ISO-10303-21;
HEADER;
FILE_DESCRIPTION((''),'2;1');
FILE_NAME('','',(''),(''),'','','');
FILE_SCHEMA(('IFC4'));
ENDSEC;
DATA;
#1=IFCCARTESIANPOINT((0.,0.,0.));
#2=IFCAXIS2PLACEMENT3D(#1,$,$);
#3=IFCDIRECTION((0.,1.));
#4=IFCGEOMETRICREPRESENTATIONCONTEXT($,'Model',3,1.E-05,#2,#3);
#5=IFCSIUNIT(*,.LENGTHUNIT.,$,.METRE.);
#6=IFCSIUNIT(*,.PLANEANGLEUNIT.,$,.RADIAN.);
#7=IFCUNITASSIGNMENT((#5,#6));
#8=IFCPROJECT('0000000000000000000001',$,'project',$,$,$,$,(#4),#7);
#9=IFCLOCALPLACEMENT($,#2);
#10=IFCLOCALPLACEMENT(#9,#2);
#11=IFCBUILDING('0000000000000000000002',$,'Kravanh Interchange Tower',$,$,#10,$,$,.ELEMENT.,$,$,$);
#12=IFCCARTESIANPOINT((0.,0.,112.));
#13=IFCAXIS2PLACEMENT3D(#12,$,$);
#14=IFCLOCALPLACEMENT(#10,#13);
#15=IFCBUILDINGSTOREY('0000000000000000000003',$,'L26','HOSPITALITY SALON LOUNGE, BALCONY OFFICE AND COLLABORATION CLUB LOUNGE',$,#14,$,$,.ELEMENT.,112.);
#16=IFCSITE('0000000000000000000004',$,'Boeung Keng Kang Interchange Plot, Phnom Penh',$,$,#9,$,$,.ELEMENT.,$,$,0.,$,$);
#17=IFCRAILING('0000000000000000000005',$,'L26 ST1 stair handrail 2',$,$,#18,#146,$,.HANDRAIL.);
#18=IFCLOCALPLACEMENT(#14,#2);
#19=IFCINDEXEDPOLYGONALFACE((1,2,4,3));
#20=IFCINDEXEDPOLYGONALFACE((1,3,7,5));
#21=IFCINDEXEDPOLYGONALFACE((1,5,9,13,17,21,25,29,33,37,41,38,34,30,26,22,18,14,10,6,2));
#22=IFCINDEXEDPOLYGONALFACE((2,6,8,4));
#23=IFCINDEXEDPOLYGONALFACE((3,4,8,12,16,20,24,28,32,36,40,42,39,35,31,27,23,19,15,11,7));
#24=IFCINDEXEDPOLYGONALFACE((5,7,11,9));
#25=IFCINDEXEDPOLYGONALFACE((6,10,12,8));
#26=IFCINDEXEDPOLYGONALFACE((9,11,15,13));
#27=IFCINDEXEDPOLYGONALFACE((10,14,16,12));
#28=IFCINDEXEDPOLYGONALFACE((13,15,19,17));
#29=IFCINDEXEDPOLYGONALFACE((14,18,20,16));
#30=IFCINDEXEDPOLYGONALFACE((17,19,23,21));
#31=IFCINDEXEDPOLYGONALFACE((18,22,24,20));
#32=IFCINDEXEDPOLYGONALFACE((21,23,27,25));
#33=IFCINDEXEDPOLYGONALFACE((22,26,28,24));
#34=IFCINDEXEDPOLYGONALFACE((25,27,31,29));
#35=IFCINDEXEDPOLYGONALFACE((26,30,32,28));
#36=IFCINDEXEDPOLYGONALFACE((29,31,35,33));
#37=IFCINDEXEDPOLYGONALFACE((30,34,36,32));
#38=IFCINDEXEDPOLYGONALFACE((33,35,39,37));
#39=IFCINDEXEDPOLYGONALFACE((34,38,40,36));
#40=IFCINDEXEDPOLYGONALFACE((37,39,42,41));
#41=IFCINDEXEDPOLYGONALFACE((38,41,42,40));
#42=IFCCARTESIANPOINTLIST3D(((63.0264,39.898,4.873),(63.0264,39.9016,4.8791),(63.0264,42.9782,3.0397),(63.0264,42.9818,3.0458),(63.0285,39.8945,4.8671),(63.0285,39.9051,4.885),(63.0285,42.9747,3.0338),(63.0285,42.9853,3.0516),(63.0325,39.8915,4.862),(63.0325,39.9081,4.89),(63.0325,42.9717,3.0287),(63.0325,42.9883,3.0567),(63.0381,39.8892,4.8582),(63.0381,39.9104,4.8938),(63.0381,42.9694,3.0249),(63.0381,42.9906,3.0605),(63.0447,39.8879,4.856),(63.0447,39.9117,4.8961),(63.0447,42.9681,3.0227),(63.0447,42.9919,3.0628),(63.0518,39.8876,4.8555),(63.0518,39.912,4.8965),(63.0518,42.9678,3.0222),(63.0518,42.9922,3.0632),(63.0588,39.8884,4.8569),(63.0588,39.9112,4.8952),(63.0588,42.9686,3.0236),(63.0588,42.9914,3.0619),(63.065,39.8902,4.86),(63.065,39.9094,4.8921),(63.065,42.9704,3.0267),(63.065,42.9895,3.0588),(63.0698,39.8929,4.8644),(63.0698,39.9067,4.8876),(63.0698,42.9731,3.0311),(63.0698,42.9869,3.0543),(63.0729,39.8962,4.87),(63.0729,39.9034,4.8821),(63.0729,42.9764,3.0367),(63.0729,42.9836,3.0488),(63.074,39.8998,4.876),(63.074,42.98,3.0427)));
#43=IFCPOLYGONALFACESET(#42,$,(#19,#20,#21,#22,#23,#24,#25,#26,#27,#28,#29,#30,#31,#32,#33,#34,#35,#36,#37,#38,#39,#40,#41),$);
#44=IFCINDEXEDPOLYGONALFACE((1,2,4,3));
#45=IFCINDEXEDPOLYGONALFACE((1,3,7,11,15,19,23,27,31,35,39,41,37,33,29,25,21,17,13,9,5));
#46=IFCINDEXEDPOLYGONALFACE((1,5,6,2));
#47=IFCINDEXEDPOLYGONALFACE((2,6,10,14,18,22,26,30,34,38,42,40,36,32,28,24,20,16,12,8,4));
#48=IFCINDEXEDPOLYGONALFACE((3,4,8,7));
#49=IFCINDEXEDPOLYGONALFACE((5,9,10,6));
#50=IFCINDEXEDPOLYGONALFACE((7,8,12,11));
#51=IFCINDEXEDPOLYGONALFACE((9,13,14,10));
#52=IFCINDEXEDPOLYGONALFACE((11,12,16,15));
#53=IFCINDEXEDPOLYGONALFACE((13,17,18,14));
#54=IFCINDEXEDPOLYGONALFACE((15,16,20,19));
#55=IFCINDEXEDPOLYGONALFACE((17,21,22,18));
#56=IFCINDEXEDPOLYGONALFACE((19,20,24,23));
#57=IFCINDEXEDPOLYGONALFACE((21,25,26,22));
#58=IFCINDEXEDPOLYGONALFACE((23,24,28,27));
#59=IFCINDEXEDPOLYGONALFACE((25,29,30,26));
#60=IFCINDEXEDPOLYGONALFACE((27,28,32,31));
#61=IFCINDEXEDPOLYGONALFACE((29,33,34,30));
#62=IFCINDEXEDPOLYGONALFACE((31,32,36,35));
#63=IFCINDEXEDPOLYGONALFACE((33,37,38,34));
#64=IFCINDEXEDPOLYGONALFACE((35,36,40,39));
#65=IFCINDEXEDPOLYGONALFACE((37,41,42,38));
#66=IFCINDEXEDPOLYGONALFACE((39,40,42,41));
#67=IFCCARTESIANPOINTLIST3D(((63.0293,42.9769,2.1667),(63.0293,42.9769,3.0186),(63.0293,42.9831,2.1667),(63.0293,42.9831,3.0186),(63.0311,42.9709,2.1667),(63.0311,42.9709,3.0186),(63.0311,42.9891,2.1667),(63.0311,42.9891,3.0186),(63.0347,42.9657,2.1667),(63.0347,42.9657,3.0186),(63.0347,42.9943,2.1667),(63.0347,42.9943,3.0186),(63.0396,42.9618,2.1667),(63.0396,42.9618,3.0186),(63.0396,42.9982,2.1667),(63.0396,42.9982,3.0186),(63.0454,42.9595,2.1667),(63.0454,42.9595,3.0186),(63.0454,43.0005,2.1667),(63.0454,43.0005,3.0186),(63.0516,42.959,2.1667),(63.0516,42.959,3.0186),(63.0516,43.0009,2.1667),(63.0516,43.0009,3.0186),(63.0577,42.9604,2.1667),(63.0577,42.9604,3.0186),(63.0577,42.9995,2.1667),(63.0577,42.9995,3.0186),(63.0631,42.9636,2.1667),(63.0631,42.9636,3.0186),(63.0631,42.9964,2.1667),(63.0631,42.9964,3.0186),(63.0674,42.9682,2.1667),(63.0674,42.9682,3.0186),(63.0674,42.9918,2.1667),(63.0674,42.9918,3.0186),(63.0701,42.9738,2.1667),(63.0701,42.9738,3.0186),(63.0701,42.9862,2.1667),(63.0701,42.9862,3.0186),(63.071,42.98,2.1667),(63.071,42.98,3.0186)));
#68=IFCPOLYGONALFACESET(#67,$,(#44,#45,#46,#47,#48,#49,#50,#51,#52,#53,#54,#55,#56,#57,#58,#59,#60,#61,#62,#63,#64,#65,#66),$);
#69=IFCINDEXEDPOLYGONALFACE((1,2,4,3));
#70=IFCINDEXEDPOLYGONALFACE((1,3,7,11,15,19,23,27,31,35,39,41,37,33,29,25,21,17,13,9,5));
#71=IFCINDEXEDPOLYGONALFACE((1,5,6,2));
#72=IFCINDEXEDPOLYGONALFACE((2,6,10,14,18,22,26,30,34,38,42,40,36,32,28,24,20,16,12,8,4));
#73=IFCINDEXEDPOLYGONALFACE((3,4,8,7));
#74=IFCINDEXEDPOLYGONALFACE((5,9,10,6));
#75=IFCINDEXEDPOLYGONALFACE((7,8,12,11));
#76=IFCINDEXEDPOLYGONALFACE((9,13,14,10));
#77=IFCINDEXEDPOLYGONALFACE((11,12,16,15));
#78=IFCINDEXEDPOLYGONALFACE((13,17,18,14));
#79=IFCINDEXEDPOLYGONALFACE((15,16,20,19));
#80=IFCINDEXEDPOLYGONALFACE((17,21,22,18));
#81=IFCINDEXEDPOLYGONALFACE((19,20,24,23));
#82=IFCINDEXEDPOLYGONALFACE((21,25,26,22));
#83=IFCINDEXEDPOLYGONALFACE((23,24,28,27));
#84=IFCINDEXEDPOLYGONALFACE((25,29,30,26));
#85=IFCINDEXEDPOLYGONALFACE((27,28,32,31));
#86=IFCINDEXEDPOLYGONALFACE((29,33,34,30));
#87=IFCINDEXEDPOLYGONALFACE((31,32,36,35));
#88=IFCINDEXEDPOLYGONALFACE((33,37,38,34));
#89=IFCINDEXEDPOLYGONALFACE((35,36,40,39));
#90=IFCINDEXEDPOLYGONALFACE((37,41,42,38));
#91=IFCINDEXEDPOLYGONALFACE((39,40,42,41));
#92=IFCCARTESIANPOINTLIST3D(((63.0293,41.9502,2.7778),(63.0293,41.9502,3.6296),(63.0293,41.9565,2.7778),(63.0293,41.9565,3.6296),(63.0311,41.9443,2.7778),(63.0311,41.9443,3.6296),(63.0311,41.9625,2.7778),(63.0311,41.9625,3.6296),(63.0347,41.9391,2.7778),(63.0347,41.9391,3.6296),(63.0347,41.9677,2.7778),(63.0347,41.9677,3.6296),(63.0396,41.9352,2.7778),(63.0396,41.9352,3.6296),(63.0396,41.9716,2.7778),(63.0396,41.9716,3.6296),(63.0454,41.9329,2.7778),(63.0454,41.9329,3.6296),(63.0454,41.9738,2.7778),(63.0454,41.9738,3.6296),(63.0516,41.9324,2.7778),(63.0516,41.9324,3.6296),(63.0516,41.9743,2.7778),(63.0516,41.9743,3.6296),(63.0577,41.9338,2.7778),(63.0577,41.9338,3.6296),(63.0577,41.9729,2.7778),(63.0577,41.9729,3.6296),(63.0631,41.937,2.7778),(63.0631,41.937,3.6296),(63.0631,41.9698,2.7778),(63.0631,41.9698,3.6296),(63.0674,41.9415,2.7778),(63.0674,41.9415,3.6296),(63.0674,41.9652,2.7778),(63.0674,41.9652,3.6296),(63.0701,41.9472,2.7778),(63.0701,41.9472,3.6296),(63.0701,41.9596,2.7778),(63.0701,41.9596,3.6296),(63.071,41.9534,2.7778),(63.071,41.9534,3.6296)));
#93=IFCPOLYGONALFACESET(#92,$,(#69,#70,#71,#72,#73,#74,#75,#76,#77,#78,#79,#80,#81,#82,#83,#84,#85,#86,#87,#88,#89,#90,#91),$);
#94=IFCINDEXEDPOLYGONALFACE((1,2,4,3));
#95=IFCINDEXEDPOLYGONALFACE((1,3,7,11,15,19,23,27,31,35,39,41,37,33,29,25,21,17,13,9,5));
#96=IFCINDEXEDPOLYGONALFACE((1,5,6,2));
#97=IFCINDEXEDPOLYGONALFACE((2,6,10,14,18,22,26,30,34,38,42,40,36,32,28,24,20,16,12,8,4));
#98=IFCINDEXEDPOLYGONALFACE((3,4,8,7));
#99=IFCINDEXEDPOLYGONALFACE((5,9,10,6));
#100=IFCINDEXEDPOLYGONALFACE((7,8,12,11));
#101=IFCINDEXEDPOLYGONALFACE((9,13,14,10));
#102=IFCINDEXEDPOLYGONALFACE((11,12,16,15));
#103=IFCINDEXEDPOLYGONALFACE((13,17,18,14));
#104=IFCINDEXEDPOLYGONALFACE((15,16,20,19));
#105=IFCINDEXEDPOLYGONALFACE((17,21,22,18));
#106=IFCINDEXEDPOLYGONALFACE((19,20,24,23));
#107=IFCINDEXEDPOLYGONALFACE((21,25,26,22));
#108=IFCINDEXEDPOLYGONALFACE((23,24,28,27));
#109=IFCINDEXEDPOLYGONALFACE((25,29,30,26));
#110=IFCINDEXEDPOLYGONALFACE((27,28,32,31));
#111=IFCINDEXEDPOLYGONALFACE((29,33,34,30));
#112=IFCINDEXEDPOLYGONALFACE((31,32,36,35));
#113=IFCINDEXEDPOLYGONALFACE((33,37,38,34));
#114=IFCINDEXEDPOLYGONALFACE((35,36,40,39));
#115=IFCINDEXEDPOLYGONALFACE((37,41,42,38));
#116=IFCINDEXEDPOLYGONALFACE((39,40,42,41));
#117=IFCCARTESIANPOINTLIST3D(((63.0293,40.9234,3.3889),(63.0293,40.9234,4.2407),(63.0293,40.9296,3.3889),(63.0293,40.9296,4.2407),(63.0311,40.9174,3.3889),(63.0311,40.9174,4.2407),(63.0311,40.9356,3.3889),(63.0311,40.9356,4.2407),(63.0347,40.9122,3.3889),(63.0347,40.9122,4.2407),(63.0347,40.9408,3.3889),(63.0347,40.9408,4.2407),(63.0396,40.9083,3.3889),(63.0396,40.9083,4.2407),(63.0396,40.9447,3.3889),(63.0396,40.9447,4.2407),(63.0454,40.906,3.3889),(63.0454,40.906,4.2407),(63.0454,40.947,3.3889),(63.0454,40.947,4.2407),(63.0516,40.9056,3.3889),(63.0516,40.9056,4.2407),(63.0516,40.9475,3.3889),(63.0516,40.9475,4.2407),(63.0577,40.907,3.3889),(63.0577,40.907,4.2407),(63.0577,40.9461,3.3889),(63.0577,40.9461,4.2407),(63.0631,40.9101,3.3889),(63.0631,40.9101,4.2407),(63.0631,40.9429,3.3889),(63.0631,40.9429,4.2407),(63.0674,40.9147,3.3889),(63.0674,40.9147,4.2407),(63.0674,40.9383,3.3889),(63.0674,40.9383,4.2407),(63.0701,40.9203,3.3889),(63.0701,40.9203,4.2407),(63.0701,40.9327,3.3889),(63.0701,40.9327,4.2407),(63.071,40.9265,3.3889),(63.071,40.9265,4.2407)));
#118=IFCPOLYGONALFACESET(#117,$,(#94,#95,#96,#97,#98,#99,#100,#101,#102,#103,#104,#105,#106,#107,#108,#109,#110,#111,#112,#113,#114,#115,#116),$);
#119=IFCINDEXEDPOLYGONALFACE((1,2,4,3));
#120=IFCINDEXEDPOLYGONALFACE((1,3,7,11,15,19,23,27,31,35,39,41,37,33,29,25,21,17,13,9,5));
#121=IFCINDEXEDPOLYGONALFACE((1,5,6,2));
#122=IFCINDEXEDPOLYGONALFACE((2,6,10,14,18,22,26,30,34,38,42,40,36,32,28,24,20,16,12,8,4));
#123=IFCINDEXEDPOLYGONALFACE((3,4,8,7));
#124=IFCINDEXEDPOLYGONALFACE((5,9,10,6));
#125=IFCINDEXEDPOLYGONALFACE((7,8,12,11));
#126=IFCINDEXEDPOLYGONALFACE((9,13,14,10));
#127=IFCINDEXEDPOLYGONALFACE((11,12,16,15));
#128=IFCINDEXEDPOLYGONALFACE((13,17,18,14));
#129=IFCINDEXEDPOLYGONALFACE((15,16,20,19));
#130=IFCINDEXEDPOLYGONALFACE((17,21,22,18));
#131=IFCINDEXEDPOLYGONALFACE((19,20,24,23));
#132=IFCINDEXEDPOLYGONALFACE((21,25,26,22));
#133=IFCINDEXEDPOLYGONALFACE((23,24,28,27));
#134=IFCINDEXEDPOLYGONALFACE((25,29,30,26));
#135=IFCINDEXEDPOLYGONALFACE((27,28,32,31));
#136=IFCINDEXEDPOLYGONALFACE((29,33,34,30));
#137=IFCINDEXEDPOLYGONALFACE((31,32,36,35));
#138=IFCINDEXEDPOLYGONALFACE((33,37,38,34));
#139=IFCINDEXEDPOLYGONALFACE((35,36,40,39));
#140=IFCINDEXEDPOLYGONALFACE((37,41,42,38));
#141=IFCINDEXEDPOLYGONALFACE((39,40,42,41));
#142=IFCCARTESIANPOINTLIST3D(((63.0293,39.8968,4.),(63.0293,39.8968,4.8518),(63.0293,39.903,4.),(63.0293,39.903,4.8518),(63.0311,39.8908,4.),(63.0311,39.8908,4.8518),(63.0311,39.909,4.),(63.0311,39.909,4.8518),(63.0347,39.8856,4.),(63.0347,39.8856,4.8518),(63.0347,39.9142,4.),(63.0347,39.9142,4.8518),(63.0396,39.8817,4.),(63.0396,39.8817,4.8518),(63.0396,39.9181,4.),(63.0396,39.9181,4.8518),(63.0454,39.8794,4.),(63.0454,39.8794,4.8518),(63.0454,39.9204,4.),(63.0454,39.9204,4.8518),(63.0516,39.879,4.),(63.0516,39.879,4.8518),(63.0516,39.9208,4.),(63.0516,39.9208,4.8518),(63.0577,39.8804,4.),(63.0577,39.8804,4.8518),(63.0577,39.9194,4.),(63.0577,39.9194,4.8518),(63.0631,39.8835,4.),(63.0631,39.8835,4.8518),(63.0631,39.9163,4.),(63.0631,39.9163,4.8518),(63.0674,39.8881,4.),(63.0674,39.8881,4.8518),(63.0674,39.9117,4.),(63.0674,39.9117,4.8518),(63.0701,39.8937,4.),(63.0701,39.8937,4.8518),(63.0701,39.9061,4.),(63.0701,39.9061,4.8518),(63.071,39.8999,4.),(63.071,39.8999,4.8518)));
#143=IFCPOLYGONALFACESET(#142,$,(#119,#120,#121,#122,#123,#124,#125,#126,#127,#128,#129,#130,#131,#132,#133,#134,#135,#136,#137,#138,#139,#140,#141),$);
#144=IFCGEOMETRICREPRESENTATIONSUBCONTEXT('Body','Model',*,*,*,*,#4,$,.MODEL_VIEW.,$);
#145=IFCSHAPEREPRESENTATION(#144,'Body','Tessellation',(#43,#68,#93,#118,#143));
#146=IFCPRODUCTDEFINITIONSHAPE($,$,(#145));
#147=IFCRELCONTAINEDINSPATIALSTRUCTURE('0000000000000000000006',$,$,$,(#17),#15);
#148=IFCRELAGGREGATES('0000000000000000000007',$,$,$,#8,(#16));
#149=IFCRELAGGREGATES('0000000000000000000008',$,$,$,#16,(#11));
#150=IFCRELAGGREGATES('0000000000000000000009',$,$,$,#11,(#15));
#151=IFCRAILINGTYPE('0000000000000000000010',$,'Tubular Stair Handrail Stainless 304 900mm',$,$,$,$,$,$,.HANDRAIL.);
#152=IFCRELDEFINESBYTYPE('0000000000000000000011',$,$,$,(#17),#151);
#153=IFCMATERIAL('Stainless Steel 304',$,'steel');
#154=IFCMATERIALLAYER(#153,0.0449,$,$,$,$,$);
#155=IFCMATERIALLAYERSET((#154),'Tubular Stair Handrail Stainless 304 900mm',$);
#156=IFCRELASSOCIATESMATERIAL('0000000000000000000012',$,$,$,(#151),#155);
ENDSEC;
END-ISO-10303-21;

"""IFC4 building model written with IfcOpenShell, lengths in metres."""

from ifc_helpers import new_model, si_unit, direction, frame, origin, origin_2d, place, context, subcontext, project, spatial, circle, extrude, material, layer, layer_set, type_object, element, save


model = new_model("IFC4")

# Units and contexts
model_context = context("Model", 3, precision=1e-05, world=origin(), true_north=direction((0.0, 1.0)))
body_context = subcontext(model_context, "Body", "Model", "MODEL_VIEW")
ifc_project = project(units=[si_unit("LENGTHUNIT", "METRE"), si_unit("PLANEANGLEUNIT", "RADIAN")], contexts=[model_context])

# Site, building, storey
site_placement = place(None, origin())
site = spatial("IfcSite", under=ifc_project, at=site_placement, Name="Boeung Keng Kang Interchange Plot, Phnom Penh", CompositionType="ELEMENT", RefElevation=0.0)
building_placement = place(site_placement, origin())
building = spatial("IfcBuilding", under=site, at=building_placement, Name="Kravanh Interchange Tower", CompositionType="ELEMENT")
storey_placement = place(building_placement, frame((0.0, 0.0, 112.0)))
storey = spatial("IfcBuildingStorey", under=building, at=storey_placement, Name="L26", Description="HOSPITALITY SALON LOUNGE, BALCONY OFFICE AND COLLABORATION CLUB LOUNGE", CompositionType="ELEMENT", Elevation=112.0)

# Railing
ifc_material_1 = material(Name="Stainless Steel 304", Category="steel")
ifc_layer_1 = layer(ifc_material_1, 0.0449)
ifc_layer_set_1 = layer_set([ifc_layer_1], Name="Tubular Stair Handrail Stainless 304 900mm")
railing_type_1 = type_object("IfcRailingType", Name="Tubular Stair Handrail Stainless 304 900mm", PredefinedType="HANDRAIL", material=ifc_layer_set_1)
railing_1_placement = place(storey_placement, frame((63.05, 42.98, 2.1667)))
element("IfcRailing", 1, at=railing_1_placement, inside=storey, type_object=railing_type_1, Name="L26 ST1 stair handrail 2", PredefinedType="HANDRAIL", context=body_context, shape_type="SweptSolid", body=[
    extrude(circle(Radius=0.0239, at=origin_2d()), frame((0.0, 0.0, 0.876), z_axis=(0.0, -0.859309, 0.511458), x_axis=(1.0, 0.0, 0.0)), (0.0, 0.0, 1.0), 3.5845),
    extrude(circle(Radius=0.021, at=origin_2d()), origin(), (0.0, 0.0, 1.0), 0.8518),
    extrude(circle(Radius=0.021, at=origin_2d()), frame((0.0, -1.0266, 0.6111)), (0.0, 0.0, 1.0), 0.8518),
    extrude(circle(Radius=0.021, at=origin_2d()), frame((0.0, -2.0535, 1.2222)), (0.0, 0.0, 1.0), 0.8518),
    extrude(circle(Radius=0.021, at=origin_2d()), frame((0.0, -3.0801, 1.8333)), (0.0, 0.0, 1.0), 0.8518),
])

save(model, "model.ifc")
